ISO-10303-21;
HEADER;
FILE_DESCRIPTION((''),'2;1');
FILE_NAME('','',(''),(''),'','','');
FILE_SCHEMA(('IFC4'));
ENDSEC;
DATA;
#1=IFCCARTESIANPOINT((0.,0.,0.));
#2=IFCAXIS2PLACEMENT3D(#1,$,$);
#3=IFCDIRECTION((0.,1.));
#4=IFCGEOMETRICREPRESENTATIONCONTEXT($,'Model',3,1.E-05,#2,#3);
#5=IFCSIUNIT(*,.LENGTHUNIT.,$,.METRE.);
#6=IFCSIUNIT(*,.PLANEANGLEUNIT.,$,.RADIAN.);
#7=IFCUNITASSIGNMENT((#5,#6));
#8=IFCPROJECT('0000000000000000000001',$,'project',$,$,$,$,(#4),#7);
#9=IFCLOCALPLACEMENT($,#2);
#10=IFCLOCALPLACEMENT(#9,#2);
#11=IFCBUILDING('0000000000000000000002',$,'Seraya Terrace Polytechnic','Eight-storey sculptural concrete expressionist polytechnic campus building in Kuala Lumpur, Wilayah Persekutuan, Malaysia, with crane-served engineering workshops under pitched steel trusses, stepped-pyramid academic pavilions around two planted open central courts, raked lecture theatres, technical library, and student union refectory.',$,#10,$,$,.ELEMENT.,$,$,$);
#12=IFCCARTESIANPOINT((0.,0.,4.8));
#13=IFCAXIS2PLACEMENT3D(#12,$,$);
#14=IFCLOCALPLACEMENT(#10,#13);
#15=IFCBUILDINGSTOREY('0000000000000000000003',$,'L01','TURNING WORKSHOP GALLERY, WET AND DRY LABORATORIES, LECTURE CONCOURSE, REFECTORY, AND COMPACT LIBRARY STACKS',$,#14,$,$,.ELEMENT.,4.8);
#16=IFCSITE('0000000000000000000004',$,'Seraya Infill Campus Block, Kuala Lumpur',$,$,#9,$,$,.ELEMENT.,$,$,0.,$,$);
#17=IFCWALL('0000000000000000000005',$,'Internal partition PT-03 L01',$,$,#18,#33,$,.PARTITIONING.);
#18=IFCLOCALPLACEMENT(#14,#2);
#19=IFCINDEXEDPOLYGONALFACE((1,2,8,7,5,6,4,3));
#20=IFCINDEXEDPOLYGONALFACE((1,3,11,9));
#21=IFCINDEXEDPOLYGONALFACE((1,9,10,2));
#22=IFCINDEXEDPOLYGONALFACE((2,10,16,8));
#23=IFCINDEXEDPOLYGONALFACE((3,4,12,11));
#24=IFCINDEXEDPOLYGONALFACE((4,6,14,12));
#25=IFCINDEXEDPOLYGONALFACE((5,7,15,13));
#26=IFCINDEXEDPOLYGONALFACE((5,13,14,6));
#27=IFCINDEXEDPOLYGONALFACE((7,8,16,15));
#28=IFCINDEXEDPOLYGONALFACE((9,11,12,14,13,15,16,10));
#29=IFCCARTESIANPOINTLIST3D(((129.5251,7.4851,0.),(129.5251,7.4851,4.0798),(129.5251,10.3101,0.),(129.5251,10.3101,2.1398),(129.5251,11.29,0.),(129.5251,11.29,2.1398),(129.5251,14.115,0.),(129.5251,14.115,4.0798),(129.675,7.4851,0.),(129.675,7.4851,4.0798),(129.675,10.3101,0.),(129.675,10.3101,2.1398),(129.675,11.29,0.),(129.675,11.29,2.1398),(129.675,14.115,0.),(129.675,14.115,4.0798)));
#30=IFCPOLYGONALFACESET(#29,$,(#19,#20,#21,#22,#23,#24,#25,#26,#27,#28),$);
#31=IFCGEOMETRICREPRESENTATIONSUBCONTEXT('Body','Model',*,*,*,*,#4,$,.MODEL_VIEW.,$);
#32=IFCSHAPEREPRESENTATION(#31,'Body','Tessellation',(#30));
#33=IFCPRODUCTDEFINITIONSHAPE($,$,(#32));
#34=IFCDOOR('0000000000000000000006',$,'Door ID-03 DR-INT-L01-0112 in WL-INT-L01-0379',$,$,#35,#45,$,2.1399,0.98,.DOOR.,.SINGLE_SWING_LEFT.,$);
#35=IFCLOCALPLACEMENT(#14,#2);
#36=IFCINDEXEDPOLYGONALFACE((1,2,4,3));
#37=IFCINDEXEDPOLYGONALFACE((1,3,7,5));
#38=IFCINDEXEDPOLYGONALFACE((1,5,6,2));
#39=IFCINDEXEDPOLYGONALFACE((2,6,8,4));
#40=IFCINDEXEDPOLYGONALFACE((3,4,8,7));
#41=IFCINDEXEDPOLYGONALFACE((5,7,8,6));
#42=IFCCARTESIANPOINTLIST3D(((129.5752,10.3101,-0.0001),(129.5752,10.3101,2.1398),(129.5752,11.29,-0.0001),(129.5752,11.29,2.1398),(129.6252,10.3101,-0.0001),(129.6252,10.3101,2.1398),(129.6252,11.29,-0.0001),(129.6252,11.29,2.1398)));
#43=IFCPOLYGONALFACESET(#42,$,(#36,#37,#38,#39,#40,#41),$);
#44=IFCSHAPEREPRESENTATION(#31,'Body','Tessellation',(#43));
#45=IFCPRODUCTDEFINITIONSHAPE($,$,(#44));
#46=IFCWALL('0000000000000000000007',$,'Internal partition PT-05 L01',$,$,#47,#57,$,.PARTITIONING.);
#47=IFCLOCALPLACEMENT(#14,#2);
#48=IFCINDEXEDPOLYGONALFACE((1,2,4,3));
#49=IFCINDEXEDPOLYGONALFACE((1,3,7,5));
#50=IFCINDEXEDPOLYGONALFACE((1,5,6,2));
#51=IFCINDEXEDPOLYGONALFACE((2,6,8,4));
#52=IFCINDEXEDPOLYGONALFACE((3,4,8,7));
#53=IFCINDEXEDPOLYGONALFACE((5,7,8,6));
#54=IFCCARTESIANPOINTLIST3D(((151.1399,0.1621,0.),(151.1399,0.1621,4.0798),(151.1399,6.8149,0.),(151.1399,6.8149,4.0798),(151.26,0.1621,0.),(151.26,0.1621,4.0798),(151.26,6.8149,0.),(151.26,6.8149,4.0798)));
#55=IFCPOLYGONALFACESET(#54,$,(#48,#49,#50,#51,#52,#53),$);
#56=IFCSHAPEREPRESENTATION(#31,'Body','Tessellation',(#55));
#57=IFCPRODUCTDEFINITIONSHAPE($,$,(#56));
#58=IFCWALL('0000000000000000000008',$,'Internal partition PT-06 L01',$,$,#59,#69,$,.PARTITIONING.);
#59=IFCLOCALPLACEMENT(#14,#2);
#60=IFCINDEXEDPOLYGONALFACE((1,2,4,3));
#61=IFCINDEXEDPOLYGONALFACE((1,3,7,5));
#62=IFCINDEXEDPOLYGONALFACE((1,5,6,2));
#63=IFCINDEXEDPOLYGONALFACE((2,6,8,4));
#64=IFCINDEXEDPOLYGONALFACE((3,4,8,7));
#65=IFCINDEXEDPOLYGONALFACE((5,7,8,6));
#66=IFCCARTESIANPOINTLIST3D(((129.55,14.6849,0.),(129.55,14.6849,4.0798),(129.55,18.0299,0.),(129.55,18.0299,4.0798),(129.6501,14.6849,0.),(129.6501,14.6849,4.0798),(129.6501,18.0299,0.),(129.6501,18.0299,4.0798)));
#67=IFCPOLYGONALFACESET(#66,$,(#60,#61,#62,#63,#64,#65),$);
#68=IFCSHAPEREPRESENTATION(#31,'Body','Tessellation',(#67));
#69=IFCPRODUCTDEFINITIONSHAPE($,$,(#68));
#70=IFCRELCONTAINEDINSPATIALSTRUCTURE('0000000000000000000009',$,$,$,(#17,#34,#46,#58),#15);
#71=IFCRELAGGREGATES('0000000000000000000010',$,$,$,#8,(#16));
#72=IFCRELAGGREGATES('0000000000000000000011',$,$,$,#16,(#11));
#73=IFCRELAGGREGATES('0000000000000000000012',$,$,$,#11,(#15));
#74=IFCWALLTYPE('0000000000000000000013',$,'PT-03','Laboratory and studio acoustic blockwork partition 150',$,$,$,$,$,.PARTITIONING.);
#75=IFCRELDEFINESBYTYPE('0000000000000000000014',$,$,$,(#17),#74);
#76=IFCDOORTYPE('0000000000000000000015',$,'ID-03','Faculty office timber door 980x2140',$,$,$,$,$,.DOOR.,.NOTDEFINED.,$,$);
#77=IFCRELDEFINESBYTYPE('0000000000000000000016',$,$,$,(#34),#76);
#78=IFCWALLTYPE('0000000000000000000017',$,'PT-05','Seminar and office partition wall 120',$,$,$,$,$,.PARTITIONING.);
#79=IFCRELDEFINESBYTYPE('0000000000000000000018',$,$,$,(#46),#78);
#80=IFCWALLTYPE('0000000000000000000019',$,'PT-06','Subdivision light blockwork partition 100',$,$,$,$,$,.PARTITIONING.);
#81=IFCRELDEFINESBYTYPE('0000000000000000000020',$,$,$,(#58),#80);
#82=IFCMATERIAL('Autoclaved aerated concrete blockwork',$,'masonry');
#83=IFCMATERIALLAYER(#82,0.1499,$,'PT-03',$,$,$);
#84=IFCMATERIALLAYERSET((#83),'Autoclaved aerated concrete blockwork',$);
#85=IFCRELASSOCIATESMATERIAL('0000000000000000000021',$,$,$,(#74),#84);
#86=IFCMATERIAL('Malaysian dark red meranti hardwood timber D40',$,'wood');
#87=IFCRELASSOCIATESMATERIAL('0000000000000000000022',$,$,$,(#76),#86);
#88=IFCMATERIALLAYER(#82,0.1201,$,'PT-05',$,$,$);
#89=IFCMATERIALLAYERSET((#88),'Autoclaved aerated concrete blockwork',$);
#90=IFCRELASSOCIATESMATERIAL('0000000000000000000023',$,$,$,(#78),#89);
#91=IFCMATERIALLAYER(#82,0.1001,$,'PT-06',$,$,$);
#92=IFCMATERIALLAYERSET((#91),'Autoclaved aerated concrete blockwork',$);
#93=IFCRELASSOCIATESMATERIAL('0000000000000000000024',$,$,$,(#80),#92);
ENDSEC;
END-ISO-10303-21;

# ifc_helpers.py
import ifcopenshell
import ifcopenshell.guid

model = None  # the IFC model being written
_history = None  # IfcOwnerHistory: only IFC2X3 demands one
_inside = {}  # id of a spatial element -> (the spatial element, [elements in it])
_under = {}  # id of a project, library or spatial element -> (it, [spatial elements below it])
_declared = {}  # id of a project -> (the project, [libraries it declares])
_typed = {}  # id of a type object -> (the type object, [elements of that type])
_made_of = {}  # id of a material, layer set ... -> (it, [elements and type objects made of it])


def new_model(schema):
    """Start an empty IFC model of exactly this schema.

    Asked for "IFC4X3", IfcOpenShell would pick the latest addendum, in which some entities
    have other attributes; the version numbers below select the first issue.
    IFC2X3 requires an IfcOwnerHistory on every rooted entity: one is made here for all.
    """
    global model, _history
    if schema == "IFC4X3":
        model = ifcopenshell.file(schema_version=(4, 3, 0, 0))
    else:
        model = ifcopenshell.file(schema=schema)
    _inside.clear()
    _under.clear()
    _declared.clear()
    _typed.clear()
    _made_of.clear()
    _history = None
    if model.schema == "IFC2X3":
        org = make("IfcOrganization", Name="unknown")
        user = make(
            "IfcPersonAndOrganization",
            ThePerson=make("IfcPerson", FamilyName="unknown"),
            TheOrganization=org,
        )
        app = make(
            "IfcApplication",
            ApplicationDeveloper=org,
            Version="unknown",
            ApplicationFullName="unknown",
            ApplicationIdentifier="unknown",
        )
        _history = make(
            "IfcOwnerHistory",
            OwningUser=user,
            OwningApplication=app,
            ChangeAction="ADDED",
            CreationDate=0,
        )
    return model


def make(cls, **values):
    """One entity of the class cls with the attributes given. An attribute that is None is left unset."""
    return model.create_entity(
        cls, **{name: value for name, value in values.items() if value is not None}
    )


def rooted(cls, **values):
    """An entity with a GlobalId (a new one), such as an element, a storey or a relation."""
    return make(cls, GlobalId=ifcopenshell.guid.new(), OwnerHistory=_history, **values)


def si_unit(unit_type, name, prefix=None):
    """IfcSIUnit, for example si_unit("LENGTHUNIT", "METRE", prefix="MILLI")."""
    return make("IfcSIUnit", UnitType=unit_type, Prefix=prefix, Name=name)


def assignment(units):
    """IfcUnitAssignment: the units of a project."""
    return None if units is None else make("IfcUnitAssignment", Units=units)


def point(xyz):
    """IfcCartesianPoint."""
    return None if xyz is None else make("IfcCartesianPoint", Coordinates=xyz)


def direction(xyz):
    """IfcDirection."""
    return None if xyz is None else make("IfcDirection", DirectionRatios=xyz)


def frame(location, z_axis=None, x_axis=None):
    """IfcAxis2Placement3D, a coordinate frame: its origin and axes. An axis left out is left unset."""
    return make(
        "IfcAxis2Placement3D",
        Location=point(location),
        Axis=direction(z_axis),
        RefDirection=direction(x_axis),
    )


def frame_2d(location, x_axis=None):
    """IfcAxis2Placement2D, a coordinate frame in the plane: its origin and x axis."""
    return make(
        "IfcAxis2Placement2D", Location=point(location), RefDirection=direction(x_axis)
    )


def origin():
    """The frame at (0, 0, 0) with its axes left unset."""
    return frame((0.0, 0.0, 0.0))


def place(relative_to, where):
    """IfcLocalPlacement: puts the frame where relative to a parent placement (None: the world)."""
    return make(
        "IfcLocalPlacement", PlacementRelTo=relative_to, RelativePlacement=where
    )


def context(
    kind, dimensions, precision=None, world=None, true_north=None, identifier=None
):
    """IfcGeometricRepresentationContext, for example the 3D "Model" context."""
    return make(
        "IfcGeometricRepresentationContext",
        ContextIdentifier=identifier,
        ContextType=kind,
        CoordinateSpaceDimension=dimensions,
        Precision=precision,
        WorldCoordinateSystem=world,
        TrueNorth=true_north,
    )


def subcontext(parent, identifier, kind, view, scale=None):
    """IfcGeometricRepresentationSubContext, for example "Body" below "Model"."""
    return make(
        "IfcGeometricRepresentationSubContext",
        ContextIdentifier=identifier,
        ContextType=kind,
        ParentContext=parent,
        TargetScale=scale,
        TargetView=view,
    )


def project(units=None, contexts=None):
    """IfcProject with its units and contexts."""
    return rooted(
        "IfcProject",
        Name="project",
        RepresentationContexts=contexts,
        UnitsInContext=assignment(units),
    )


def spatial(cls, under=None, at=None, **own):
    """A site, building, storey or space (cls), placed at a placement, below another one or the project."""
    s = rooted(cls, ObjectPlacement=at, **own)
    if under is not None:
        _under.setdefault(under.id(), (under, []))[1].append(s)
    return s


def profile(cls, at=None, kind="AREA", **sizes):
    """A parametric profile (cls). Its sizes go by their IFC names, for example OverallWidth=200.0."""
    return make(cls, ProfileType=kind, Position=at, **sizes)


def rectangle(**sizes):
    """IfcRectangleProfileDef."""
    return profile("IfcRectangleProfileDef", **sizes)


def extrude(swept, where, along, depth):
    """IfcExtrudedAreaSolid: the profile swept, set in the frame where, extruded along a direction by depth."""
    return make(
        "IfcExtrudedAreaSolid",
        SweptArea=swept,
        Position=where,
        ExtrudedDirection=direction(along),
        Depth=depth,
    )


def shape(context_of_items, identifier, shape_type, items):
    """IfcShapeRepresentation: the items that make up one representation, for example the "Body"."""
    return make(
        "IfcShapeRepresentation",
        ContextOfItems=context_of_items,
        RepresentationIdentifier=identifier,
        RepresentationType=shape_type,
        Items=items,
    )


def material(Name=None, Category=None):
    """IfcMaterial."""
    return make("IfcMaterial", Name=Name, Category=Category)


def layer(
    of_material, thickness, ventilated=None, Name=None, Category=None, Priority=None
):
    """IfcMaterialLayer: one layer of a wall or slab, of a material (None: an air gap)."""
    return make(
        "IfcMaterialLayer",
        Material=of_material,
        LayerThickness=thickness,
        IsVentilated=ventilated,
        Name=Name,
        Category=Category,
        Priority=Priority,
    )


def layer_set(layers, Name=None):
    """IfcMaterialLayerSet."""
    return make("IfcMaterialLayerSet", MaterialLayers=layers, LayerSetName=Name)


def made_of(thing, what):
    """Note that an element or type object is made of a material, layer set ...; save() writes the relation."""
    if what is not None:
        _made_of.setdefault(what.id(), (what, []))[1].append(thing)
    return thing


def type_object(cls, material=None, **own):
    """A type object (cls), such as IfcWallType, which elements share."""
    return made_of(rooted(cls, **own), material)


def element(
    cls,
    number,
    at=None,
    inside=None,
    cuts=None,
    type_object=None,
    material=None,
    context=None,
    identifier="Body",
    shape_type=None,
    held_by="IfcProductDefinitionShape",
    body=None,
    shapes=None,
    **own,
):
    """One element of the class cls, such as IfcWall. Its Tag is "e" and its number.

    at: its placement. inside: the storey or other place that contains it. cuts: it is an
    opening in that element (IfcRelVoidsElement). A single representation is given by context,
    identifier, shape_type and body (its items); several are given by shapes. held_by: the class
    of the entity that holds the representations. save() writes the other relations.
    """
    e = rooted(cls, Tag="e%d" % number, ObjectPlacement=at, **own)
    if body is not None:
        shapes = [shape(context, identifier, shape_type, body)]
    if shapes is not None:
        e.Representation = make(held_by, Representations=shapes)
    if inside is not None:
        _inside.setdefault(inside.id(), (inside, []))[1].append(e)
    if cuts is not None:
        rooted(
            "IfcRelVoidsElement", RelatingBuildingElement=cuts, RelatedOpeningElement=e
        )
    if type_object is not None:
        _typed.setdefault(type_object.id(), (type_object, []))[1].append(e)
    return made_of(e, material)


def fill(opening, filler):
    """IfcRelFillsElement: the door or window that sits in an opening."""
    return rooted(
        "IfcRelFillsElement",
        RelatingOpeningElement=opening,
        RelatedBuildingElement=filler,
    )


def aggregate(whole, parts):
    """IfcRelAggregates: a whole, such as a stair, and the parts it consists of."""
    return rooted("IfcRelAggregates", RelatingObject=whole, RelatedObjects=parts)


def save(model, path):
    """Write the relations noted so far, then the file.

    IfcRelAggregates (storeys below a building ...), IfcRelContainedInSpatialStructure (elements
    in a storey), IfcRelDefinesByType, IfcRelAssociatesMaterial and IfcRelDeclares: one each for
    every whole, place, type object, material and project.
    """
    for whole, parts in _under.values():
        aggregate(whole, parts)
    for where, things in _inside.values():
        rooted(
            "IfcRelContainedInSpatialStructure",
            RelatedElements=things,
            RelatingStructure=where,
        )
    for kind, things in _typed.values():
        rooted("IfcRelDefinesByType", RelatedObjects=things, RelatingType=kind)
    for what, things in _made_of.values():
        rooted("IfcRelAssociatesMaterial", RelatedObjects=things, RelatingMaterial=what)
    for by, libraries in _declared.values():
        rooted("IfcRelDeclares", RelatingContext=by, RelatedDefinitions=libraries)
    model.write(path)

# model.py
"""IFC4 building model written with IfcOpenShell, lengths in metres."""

from ifc_helpers import new_model, si_unit, direction, frame, frame_2d, origin, place, context, subcontext, project, spatial, rectangle, extrude, material, layer, layer_set, type_object, element, fill, save


model = new_model("IFC4")

# Units and contexts
model_context = context("Model", 3, precision=1e-05, world=origin(), true_north=direction((0.0, 1.0)))
body_context = subcontext(model_context, "Body", "Model", "MODEL_VIEW")
ifc_project = project(units=[si_unit("LENGTHUNIT", "METRE"), si_unit("PLANEANGLEUNIT", "RADIAN")], contexts=[model_context])

# Site, building, storey
site_placement = place(None, origin())
site = spatial("IfcSite", under=ifc_project, at=site_placement, Name="Seraya Infill Campus Block, Kuala Lumpur", CompositionType="ELEMENT", RefElevation=0.0)
building_placement = place(site_placement, origin())
building = spatial("IfcBuilding", under=site, at=building_placement, Name="Seraya Terrace Polytechnic", Description="Eight-storey sculptural concrete expressionist polytechnic campus building in Kuala Lumpur, Wilayah Persekutuan, Malaysia, with crane-served engineering workshops under pitched steel trusses, stepped-pyramid academic pavilions around two planted open central courts, raked lecture theatres, technical library, and student union refectory.", CompositionType="ELEMENT")
storey_placement = place(building_placement, frame((0.0, 0.0, 4.8)))
storey = spatial("IfcBuildingStorey", under=building, at=storey_placement, Name="L01", Description="TURNING WORKSHOP GALLERY, WET AND DRY LABORATORIES, LECTURE CONCOURSE, REFECTORY, AND COMPACT LIBRARY STACKS", CompositionType="ELEMENT", Elevation=4.8)

# Shared definitions
ifc_material_1 = material(Name="Autoclaved aerated concrete blockwork", Category="masonry")

# Wall, opening, door
ifc_layer_1 = layer(ifc_material_1, 0.1499, Name="PT-03")
ifc_layer_set_1 = layer_set([ifc_layer_1], Name="Autoclaved aerated concrete blockwork")
wall_type_1 = type_object("IfcWallType", Name="PT-03", Description="Laboratory and studio acoustic blockwork partition 150", PredefinedType="PARTITIONING", material=ifc_layer_set_1)
wall_1_placement = place(storey_placement, frame((129.6001, 7.4851, 0.0), z_axis=(0.0, 0.0, 1.0), x_axis=(0.0, 1.0, 0.0)))
wall_1 = element("IfcWall", 1, at=wall_1_placement, inside=storey, type_object=wall_type_1, Name="Internal partition PT-03 L01", PredefinedType="PARTITIONING", context=body_context, shape_type="SweptSolid", body=[
    extrude(rectangle(XDim=6.6299, YDim=0.1499, at=frame_2d((3.3149, 0.0))), origin(), (0.0, 0.0, 1.0), 4.0798),
])
opening_placement = place(wall_1_placement, frame((2.825, 0.0, 0.0)))
opening = element("IfcOpeningElement", 2, at=opening_placement, cuts=wall_1, PredefinedType="OPENING", context=body_context, shape_type="SweptSolid", body=[
    extrude(rectangle(XDim=0.98, YDim=2.1399, at=frame_2d((0.49, 1.0698))), frame((0.0, 0.0869, 0.0), z_axis=(0.0, -1.0, 0.0), x_axis=(1.0, 0.0, 0.0)), (0.0, 0.0, 1.0), 0.1738),
])
ifc_material_2 = material(Name="Malaysian dark red meranti hardwood timber D40", Category="wood")
door_type = type_object("IfcDoorType", Name="ID-03", Description="Faculty office timber door 980x2140", OperationType="NOTDEFINED", PredefinedType="DOOR", material=ifc_material_2)
door_placement = place(opening_placement, origin())
door = element("IfcDoor", 3, at=door_placement, inside=storey, type_object=door_type, Name="Door ID-03 DR-INT-L01-0112 in WL-INT-L01-0379", OperationType="SINGLE_SWING_LEFT", OverallHeight=2.1399, OverallWidth=0.98, PredefinedType="DOOR", context=body_context, shape_type="SweptSolid", body=[
    extrude(rectangle(XDim=0.98, YDim=2.1399, at=frame_2d((0.49, 1.0698))), frame((0.0, 0.0249, 0.0), z_axis=(0.0, -1.0, 0.0), x_axis=(1.0, 0.0, 0.0)), (0.0, 0.0, 1.0), 0.05),
])
fill(opening, door)

# Walls
ifc_layer_2 = layer(ifc_material_1, 0.1201, Name="PT-05")
ifc_layer_set_2 = layer_set([ifc_layer_2], Name="Autoclaved aerated concrete blockwork")
wall_type_2 = type_object("IfcWallType", Name="PT-05", Description="Seminar and office partition wall 120", PredefinedType="PARTITIONING", material=ifc_layer_set_2)
wall_2_placement = place(storey_placement, frame((151.2, 0.1621, 0.0), z_axis=(0.0, 0.0, 1.0), x_axis=(0.0, 1.0, 0.0)))
element("IfcWall", 4, at=wall_2_placement, inside=storey, type_object=wall_type_2, Name="Internal partition PT-05 L01", PredefinedType="PARTITIONING", context=body_context, shape_type="SweptSolid", body=[
    extrude(rectangle(XDim=6.6528, YDim=0.1201, at=frame_2d((3.3264, 0.0))), origin(), (0.0, 0.0, 1.0), 4.0798),
])
ifc_layer_3 = layer(ifc_material_1, 0.1001, Name="PT-06")
ifc_layer_set_3 = layer_set([ifc_layer_3], Name="Autoclaved aerated concrete blockwork")
wall_type_3 = type_object("IfcWallType", Name="PT-06", Description="Subdivision light blockwork partition 100", PredefinedType="PARTITIONING", material=ifc_layer_set_3)
wall_3_placement = place(storey_placement, frame((129.6001, 14.6851, 0.0), z_axis=(0.0, 0.0, 1.0), x_axis=(0.0, 1.0, 0.0)))
element("IfcWall", 5, at=wall_3_placement, inside=storey, type_object=wall_type_3, Name="Internal partition PT-06 L01", PredefinedType="PARTITIONING", context=body_context, shape_type="SweptSolid", body=[
    extrude(rectangle(XDim=3.345, YDim=0.1001, at=frame_2d((1.6724, 0.0))), origin(), (0.0, 0.0, 1.0), 4.0798),
])

save(model, "model.ifc")
